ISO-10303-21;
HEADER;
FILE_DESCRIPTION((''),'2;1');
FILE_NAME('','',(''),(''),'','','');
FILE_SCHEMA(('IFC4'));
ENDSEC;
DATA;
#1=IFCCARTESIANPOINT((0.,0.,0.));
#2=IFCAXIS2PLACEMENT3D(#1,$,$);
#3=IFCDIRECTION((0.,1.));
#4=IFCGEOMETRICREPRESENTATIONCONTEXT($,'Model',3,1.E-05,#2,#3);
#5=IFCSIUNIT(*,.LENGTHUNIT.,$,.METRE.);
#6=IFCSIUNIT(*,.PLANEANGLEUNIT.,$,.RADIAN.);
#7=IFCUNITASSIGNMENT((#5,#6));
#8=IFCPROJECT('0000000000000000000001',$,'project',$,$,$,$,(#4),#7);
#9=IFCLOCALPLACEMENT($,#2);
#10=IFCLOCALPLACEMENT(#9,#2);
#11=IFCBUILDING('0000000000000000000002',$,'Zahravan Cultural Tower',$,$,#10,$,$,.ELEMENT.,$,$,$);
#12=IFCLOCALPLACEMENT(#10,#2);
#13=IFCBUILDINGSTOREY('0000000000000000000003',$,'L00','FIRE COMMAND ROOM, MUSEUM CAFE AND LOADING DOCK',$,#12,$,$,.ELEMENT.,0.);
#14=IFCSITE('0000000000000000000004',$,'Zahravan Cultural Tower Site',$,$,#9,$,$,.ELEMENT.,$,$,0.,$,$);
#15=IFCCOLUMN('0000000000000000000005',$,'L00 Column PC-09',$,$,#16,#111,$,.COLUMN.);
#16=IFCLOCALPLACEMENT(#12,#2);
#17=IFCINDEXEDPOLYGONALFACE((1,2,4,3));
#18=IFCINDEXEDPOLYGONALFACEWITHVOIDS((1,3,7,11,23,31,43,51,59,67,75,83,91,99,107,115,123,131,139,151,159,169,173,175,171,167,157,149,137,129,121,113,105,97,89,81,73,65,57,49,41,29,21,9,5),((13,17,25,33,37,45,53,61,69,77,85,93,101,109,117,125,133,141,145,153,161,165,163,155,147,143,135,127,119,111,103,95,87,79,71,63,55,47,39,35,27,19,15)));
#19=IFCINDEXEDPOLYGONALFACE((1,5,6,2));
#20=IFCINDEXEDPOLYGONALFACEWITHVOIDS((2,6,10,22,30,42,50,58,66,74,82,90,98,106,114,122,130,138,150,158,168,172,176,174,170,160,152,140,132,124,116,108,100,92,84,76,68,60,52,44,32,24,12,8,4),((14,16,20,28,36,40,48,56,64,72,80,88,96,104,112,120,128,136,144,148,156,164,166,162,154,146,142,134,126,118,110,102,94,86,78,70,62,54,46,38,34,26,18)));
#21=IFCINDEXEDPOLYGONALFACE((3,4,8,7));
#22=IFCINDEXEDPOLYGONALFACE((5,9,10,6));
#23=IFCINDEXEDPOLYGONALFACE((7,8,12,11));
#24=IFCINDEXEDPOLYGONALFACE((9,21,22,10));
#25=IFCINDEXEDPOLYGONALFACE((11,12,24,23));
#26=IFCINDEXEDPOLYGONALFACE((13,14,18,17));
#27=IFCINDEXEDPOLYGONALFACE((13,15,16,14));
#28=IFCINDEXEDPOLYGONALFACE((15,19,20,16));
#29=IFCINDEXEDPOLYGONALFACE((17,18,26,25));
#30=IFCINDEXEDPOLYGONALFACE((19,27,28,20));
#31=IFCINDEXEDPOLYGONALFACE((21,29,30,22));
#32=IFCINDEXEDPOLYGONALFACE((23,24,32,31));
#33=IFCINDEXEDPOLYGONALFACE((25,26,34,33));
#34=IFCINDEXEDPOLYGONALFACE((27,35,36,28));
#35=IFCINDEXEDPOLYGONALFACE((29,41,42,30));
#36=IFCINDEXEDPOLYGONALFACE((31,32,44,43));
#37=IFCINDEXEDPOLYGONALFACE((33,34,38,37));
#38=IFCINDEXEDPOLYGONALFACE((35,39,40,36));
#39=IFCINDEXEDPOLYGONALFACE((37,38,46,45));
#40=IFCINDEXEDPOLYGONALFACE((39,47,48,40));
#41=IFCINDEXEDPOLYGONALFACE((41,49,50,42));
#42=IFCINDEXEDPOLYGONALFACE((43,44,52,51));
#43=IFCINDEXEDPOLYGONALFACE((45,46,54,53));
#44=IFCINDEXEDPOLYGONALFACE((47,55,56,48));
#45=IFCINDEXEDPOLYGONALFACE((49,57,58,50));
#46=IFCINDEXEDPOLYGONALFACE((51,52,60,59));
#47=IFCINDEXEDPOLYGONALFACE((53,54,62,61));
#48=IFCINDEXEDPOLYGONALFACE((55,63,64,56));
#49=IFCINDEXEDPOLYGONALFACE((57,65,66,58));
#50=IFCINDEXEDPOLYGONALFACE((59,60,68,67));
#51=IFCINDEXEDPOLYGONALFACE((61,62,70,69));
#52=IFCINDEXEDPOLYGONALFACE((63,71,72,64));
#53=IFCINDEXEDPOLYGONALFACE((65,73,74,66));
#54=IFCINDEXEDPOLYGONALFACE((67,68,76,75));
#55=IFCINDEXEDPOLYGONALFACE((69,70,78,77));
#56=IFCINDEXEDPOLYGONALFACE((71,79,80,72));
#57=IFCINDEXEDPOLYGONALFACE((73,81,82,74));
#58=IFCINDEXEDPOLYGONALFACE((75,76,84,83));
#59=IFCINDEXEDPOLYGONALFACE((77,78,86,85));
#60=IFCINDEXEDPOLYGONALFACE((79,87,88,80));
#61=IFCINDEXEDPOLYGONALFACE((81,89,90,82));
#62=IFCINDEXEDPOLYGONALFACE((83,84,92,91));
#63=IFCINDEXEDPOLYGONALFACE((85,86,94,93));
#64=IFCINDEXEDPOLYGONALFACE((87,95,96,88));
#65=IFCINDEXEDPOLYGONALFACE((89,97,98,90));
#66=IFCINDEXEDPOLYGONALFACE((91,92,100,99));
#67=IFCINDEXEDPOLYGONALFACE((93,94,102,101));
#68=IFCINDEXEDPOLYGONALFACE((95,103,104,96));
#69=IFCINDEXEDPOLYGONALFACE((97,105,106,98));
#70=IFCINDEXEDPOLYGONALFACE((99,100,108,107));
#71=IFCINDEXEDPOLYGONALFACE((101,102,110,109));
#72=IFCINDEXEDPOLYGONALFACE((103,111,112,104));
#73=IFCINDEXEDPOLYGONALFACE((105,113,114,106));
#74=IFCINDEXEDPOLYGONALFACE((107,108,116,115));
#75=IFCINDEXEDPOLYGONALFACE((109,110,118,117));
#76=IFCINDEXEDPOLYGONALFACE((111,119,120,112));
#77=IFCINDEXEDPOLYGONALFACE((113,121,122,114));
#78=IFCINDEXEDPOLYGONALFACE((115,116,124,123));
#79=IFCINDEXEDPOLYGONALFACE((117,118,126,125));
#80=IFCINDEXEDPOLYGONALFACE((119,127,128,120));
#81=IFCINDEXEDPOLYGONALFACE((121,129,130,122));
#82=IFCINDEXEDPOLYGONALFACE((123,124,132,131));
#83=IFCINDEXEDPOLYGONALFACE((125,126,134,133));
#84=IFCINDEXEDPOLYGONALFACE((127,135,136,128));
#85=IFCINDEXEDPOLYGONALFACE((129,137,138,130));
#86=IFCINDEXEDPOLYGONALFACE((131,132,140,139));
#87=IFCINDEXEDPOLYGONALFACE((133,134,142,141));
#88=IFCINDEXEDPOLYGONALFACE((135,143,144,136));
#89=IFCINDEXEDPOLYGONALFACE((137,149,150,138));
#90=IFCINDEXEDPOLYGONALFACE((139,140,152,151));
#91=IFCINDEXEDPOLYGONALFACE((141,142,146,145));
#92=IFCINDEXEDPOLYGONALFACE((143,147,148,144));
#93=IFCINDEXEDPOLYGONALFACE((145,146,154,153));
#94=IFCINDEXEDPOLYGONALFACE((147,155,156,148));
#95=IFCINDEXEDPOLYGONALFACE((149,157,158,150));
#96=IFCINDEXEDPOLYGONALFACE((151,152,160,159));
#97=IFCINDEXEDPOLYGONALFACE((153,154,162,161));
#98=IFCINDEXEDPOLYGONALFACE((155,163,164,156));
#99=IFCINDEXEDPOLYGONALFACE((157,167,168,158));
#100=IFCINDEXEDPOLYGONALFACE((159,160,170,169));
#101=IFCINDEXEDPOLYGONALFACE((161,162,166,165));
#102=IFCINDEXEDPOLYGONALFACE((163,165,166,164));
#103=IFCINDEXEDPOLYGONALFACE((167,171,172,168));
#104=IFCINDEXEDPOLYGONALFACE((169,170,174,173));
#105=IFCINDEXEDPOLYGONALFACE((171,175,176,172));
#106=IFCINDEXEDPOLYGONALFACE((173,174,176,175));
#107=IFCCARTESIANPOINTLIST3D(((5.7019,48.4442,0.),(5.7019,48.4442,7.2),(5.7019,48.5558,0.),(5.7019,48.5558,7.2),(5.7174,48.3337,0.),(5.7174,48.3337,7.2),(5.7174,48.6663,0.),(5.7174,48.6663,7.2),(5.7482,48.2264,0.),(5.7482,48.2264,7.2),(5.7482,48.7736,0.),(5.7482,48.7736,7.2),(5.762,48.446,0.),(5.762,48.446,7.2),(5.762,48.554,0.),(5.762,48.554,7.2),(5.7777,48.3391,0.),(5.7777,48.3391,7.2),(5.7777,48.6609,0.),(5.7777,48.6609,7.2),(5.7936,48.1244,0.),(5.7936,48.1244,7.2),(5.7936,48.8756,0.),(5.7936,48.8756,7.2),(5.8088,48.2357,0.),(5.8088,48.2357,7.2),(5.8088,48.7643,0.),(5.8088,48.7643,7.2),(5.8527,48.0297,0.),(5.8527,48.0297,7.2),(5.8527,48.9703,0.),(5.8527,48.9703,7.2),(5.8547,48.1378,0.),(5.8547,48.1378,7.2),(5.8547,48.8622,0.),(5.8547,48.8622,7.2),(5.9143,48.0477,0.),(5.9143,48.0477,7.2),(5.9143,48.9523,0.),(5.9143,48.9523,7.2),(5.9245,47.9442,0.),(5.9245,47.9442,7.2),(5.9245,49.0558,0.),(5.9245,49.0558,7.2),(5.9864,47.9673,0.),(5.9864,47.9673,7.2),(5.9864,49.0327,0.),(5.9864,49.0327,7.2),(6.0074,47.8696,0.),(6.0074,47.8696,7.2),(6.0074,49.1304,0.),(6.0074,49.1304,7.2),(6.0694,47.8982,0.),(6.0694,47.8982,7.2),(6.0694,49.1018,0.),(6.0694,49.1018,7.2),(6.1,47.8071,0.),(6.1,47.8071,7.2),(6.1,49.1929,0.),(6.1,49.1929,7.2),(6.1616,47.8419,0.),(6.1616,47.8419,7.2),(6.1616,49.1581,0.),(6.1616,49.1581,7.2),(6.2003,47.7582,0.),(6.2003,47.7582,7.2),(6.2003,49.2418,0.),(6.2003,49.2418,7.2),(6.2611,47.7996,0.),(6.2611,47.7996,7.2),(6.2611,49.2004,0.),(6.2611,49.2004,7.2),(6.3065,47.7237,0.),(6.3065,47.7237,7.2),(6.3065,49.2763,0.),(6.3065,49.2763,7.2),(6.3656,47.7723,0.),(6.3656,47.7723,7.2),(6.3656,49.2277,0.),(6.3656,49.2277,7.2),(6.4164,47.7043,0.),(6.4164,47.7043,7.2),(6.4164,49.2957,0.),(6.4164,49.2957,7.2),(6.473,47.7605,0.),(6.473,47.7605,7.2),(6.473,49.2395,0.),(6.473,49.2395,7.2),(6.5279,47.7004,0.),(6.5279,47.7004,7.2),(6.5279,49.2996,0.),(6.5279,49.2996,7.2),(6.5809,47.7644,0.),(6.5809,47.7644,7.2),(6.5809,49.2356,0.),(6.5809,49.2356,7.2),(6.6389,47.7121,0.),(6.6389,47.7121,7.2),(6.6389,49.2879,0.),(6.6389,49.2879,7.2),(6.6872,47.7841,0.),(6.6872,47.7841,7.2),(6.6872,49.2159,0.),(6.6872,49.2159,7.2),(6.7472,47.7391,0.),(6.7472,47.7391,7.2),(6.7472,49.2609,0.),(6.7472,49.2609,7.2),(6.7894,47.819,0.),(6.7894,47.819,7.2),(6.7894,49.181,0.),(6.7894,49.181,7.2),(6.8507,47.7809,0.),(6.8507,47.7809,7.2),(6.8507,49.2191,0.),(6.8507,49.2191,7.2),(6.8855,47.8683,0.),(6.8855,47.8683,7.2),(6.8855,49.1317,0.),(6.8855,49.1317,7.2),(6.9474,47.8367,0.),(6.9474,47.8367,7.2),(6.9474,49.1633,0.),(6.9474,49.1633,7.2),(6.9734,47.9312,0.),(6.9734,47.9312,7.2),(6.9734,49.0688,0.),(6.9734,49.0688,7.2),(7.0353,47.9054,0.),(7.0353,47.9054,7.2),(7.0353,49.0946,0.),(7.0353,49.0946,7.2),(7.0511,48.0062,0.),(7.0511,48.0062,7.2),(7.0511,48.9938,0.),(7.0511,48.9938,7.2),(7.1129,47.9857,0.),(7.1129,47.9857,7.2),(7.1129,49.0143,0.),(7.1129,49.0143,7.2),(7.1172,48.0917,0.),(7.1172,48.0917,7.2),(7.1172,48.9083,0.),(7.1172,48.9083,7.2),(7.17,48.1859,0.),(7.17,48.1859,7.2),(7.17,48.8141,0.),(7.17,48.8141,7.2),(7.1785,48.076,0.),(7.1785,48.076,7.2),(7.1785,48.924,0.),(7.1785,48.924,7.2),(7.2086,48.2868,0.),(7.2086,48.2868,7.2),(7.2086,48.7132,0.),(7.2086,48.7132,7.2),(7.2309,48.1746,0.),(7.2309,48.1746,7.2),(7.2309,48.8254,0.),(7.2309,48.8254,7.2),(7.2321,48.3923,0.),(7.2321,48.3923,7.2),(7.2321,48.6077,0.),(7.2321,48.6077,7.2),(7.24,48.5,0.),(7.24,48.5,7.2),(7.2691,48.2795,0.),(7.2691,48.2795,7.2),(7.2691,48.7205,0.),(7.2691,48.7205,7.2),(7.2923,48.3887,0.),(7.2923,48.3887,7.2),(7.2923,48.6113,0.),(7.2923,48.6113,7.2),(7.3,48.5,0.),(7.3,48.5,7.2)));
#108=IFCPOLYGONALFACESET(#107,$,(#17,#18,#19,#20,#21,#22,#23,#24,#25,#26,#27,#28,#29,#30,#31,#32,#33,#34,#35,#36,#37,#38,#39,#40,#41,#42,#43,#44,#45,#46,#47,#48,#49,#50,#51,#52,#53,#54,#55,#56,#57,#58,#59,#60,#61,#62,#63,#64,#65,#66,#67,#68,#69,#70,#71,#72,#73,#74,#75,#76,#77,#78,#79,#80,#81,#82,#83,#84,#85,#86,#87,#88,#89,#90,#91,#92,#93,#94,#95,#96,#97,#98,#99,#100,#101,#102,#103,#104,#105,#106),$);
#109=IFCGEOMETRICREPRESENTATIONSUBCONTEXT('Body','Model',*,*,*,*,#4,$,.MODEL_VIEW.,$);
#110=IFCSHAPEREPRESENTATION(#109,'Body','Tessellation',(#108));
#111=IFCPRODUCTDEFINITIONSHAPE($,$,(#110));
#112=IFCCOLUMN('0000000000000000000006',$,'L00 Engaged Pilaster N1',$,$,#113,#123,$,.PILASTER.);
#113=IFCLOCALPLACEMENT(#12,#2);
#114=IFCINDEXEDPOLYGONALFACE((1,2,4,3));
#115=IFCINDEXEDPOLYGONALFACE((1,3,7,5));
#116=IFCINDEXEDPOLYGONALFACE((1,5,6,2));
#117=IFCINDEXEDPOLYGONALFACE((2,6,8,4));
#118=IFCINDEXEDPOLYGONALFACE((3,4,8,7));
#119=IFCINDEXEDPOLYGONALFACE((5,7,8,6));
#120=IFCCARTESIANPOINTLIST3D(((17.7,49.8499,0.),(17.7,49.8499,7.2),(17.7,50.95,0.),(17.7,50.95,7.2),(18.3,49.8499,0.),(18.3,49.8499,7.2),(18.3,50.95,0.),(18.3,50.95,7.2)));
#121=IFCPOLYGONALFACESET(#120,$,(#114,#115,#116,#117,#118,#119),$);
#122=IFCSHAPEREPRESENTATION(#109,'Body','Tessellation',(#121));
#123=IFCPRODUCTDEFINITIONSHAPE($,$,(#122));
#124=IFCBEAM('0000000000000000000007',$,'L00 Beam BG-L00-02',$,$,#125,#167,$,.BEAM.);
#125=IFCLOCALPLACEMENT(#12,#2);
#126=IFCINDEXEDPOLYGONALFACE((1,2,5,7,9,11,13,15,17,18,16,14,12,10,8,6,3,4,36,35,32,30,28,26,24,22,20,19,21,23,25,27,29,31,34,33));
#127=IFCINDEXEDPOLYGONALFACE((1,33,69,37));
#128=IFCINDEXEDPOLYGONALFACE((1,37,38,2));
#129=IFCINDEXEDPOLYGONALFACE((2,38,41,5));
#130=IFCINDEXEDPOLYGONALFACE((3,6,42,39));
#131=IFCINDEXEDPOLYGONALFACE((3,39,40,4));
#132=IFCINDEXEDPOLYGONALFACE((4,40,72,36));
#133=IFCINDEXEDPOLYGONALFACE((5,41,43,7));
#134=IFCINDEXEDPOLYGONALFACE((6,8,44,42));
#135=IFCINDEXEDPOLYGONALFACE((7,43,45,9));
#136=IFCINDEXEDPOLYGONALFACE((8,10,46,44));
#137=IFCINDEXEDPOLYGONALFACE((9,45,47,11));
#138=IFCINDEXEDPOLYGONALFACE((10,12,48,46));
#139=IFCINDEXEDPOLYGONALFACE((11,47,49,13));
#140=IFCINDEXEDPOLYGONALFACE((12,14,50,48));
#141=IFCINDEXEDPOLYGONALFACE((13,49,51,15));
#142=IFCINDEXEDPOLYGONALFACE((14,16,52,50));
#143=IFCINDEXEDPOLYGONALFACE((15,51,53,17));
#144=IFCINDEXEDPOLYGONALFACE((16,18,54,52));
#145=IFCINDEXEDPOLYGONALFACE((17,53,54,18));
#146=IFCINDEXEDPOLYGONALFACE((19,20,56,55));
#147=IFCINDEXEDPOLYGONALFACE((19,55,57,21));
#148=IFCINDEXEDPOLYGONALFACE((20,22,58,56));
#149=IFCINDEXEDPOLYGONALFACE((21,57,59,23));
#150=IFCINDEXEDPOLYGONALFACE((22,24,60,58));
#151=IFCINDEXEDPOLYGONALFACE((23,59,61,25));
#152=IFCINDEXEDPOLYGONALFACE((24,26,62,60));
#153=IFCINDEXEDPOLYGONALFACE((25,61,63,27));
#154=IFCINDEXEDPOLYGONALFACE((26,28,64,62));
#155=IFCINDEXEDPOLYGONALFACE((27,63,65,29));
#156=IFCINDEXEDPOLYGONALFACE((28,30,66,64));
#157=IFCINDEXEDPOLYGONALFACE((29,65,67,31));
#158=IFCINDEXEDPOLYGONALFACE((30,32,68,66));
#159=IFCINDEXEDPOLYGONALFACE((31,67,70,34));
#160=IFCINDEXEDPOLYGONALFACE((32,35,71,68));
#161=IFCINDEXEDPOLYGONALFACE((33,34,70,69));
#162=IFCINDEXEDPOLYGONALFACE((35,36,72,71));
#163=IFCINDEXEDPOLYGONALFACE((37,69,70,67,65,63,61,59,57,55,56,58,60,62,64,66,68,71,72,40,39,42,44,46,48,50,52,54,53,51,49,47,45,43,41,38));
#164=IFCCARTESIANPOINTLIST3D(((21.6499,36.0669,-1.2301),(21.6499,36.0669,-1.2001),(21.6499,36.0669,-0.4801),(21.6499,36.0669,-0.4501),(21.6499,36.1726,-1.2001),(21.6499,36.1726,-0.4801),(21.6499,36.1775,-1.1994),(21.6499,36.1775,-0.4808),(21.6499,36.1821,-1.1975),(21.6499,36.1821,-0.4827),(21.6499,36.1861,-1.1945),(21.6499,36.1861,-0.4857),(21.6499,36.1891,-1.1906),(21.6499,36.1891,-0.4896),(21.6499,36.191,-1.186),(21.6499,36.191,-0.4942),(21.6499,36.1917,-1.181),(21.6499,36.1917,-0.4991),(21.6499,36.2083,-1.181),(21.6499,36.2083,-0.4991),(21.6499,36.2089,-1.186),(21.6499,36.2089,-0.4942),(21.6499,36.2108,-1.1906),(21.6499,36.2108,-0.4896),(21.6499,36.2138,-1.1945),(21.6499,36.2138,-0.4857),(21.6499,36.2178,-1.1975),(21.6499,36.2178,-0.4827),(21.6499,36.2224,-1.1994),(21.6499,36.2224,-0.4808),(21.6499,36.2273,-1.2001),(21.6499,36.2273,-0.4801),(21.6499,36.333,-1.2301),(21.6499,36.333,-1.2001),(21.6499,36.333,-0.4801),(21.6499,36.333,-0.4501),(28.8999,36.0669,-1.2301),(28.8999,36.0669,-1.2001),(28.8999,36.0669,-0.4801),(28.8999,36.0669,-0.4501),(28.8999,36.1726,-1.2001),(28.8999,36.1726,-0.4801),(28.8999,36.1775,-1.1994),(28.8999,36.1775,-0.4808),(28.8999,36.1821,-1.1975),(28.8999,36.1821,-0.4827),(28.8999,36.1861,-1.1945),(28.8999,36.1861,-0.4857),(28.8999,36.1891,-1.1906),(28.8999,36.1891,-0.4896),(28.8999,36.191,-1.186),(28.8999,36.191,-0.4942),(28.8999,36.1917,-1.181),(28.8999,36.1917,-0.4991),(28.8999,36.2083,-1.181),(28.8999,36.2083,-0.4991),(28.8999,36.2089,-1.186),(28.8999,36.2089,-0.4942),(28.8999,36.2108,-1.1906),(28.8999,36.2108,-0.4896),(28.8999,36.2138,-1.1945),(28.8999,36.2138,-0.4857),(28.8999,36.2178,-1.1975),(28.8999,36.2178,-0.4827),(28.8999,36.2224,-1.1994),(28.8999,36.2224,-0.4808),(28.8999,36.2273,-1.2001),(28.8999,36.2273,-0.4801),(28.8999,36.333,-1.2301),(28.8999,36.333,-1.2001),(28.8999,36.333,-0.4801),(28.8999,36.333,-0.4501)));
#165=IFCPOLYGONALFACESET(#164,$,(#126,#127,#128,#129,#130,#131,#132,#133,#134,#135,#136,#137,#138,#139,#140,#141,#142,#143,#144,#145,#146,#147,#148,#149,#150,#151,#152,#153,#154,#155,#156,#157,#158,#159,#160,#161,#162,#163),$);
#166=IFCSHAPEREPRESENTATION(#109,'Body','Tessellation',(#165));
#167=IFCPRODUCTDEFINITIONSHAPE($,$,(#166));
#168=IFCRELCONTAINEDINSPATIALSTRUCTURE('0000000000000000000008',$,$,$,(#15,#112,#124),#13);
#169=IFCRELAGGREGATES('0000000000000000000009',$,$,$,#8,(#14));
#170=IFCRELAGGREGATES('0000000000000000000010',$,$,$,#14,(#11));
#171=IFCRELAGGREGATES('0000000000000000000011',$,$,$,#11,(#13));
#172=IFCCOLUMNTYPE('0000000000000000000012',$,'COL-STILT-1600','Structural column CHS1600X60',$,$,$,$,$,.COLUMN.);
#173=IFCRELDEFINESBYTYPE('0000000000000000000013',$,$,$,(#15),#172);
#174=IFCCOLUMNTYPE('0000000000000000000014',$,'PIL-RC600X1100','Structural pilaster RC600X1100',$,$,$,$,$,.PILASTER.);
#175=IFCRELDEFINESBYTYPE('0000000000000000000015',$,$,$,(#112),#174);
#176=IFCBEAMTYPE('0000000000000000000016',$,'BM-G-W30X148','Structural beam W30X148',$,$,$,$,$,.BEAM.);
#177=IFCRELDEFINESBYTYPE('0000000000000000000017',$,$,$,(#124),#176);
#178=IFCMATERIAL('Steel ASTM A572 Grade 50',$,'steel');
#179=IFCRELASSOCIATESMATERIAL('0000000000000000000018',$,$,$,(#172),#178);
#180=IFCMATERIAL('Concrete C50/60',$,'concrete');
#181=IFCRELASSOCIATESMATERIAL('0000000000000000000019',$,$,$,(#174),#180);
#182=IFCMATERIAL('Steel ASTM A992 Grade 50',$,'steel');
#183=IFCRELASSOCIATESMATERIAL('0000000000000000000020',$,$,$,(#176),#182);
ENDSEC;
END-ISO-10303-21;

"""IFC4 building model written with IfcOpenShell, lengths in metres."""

from ifc_helpers import new_model, si_unit, direction, frame, origin, origin_2d, place, context, subcontext, project, spatial, rectangle, hollow_circle, i_section, extrude, source, transform, mapped, material, material_profile, profile_set, type_object, element, save


model = new_model("IFC4")

# Units and contexts
model_context = context("Model", 3, precision=1e-05, world=origin(), true_north=direction((0.0, 1.0)))
body_context = subcontext(model_context, "Body", "Model", "MODEL_VIEW")
ifc_project = project(units=[si_unit("LENGTHUNIT", "METRE"), si_unit("PLANEANGLEUNIT", "RADIAN")], contexts=[model_context])

# Site, building, storey
site_placement = place(None, origin())
site = spatial("IfcSite", under=ifc_project, at=site_placement, Name="Zahravan Cultural Tower Site", CompositionType="ELEMENT", RefElevation=0.0)
building_placement = place(site_placement, origin())
building = spatial("IfcBuilding", under=site, at=building_placement, Name="Zahravan Cultural Tower", CompositionType="ELEMENT")
storey_placement = place(building_placement, origin())
storey = spatial("IfcBuildingStorey", under=building, at=storey_placement, Name="L00", Description="FIRE COMMAND ROOM, MUSEUM CAFE AND LOADING DOCK", CompositionType="ELEMENT", Elevation=0.0)

# Columns
ifc_material_1 = material(Name="Steel ASTM A572 Grade 50", Category="steel")
ifc_material_profile_1 = material_profile(ifc_material_1, hollow_circle(Radius=0.8, WallThickness=0.0601, at=origin_2d()), Name="CHS1600X60")
ifc_profile_set_1 = profile_set([ifc_material_profile_1], Name="Steel ASTM A572 Grade 50")
column_type_1 = type_object("IfcColumnType", Name="COL-STILT-1600", Description="Structural column CHS1600X60", PredefinedType="COLUMN", material=ifc_profile_set_1)
shared_shape_1 = source(origin(), body_context, "Body", "SweptSolid", [
    extrude(hollow_circle(Radius=0.8, WallThickness=0.0601, at=origin_2d()), origin(), (0.0, 0.0, 1.0), 7.2),
])
for number, where, z_axis, x_axis, name in (
    (1, (6.5, 48.5, 0.0), (0.0, 0.0, 1.0), (1.0, 0.0, 0.0), "L00 Column PC-09"),
):
    element("IfcColumn", number, at=place(storey_placement, frame(where, z_axis=z_axis, x_axis=x_axis)), inside=storey, type_object=column_type_1, Name=name, PredefinedType="COLUMN", context=body_context, shape_type="MappedRepresentation", body=[
        mapped(shared_shape_1, transform((0.0, 0.0, 0.0), x_axis=(1.0, 0.0, 0.0), y_axis=(0.0, 1.0, 0.0), z_axis=(0.0, 0.0, 1.0), scale=1.0)),
    ])
ifc_material_2 = material(Name="Concrete C50/60", Category="concrete")
ifc_material_profile_2 = material_profile(ifc_material_2, rectangle(XDim=0.6001, YDim=1.1001, at=origin_2d()), Name="RC600X1100")
ifc_profile_set_2 = profile_set([ifc_material_profile_2], Name="Concrete C50/60")
column_type_2 = type_object("IfcColumnType", Name="PIL-RC600X1100", Description="Structural pilaster RC600X1100", PredefinedType="PILASTER", material=ifc_profile_set_2)
shared_shape_2 = source(origin(), body_context, "Body", "SweptSolid", [
    extrude(rectangle(XDim=0.6001, YDim=1.1001, at=origin_2d()), origin(), (0.0, 0.0, 1.0), 7.2),
])
column_1_placement = place(storey_placement, frame((18.0, 50.3999, 0.0), z_axis=(0.0, 0.0, 1.0), x_axis=(1.0, 0.0, 0.0)))
element("IfcColumn", 2, at=column_1_placement, inside=storey, type_object=column_type_2, Name="L00 Engaged Pilaster N1", PredefinedType="PILASTER", context=body_context, shape_type="MappedRepresentation", body=[
    mapped(shared_shape_2, transform((0.0, 0.0, 0.0), x_axis=(1.0, 0.0, 0.0), y_axis=(0.0, 1.0, 0.0), z_axis=(0.0, 0.0, 1.0), scale=1.0)),
])

# Beam
ifc_material_3 = material(Name="Steel ASTM A992 Grade 50", Category="steel")
ifc_material_profile_3 = material_profile(ifc_material_3, i_section(OverallWidth=0.2661, OverallDepth=0.78, WebThickness=0.0166, FlangeThickness=0.03, FilletRadius=0.019, at=origin_2d()), Name="W30X148")
ifc_profile_set_3 = profile_set([ifc_material_profile_3], Name="Steel ASTM A992 Grade 50")
beam_type_1 = type_object("IfcBeamType", Name="BM-G-W30X148", Description="Structural beam W30X148", PredefinedType="BEAM", material=ifc_profile_set_3)
shared_shape_3 = source(origin(), body_context, "Body", "SweptSolid", [
    extrude(i_section(OverallWidth=0.2661, OverallDepth=0.78, WebThickness=0.0166, FlangeThickness=0.03, FilletRadius=0.019, at=origin_2d()), origin(), (0.0, 0.0, 1.0), 7.25),
])
beam_1_placement = place(storey_placement, frame((21.6499, 36.2, -0.8401), z_axis=(1.0, 0.0, 0.0), x_axis=(0.0, 1.0, 0.0)))
element("IfcBeam", 3, at=beam_1_placement, inside=storey, type_object=beam_type_1, Name="L00 Beam BG-L00-02", PredefinedType="BEAM", context=body_context, shape_type="MappedRepresentation", body=[
    mapped(shared_shape_3, transform((0.0, 0.0, 0.0), x_axis=(1.0, 0.0, 0.0), y_axis=(0.0, 1.0, 0.0), z_axis=(0.0, 0.0, 1.0), scale=1.0)),
])

save(model, "model.ifc")
